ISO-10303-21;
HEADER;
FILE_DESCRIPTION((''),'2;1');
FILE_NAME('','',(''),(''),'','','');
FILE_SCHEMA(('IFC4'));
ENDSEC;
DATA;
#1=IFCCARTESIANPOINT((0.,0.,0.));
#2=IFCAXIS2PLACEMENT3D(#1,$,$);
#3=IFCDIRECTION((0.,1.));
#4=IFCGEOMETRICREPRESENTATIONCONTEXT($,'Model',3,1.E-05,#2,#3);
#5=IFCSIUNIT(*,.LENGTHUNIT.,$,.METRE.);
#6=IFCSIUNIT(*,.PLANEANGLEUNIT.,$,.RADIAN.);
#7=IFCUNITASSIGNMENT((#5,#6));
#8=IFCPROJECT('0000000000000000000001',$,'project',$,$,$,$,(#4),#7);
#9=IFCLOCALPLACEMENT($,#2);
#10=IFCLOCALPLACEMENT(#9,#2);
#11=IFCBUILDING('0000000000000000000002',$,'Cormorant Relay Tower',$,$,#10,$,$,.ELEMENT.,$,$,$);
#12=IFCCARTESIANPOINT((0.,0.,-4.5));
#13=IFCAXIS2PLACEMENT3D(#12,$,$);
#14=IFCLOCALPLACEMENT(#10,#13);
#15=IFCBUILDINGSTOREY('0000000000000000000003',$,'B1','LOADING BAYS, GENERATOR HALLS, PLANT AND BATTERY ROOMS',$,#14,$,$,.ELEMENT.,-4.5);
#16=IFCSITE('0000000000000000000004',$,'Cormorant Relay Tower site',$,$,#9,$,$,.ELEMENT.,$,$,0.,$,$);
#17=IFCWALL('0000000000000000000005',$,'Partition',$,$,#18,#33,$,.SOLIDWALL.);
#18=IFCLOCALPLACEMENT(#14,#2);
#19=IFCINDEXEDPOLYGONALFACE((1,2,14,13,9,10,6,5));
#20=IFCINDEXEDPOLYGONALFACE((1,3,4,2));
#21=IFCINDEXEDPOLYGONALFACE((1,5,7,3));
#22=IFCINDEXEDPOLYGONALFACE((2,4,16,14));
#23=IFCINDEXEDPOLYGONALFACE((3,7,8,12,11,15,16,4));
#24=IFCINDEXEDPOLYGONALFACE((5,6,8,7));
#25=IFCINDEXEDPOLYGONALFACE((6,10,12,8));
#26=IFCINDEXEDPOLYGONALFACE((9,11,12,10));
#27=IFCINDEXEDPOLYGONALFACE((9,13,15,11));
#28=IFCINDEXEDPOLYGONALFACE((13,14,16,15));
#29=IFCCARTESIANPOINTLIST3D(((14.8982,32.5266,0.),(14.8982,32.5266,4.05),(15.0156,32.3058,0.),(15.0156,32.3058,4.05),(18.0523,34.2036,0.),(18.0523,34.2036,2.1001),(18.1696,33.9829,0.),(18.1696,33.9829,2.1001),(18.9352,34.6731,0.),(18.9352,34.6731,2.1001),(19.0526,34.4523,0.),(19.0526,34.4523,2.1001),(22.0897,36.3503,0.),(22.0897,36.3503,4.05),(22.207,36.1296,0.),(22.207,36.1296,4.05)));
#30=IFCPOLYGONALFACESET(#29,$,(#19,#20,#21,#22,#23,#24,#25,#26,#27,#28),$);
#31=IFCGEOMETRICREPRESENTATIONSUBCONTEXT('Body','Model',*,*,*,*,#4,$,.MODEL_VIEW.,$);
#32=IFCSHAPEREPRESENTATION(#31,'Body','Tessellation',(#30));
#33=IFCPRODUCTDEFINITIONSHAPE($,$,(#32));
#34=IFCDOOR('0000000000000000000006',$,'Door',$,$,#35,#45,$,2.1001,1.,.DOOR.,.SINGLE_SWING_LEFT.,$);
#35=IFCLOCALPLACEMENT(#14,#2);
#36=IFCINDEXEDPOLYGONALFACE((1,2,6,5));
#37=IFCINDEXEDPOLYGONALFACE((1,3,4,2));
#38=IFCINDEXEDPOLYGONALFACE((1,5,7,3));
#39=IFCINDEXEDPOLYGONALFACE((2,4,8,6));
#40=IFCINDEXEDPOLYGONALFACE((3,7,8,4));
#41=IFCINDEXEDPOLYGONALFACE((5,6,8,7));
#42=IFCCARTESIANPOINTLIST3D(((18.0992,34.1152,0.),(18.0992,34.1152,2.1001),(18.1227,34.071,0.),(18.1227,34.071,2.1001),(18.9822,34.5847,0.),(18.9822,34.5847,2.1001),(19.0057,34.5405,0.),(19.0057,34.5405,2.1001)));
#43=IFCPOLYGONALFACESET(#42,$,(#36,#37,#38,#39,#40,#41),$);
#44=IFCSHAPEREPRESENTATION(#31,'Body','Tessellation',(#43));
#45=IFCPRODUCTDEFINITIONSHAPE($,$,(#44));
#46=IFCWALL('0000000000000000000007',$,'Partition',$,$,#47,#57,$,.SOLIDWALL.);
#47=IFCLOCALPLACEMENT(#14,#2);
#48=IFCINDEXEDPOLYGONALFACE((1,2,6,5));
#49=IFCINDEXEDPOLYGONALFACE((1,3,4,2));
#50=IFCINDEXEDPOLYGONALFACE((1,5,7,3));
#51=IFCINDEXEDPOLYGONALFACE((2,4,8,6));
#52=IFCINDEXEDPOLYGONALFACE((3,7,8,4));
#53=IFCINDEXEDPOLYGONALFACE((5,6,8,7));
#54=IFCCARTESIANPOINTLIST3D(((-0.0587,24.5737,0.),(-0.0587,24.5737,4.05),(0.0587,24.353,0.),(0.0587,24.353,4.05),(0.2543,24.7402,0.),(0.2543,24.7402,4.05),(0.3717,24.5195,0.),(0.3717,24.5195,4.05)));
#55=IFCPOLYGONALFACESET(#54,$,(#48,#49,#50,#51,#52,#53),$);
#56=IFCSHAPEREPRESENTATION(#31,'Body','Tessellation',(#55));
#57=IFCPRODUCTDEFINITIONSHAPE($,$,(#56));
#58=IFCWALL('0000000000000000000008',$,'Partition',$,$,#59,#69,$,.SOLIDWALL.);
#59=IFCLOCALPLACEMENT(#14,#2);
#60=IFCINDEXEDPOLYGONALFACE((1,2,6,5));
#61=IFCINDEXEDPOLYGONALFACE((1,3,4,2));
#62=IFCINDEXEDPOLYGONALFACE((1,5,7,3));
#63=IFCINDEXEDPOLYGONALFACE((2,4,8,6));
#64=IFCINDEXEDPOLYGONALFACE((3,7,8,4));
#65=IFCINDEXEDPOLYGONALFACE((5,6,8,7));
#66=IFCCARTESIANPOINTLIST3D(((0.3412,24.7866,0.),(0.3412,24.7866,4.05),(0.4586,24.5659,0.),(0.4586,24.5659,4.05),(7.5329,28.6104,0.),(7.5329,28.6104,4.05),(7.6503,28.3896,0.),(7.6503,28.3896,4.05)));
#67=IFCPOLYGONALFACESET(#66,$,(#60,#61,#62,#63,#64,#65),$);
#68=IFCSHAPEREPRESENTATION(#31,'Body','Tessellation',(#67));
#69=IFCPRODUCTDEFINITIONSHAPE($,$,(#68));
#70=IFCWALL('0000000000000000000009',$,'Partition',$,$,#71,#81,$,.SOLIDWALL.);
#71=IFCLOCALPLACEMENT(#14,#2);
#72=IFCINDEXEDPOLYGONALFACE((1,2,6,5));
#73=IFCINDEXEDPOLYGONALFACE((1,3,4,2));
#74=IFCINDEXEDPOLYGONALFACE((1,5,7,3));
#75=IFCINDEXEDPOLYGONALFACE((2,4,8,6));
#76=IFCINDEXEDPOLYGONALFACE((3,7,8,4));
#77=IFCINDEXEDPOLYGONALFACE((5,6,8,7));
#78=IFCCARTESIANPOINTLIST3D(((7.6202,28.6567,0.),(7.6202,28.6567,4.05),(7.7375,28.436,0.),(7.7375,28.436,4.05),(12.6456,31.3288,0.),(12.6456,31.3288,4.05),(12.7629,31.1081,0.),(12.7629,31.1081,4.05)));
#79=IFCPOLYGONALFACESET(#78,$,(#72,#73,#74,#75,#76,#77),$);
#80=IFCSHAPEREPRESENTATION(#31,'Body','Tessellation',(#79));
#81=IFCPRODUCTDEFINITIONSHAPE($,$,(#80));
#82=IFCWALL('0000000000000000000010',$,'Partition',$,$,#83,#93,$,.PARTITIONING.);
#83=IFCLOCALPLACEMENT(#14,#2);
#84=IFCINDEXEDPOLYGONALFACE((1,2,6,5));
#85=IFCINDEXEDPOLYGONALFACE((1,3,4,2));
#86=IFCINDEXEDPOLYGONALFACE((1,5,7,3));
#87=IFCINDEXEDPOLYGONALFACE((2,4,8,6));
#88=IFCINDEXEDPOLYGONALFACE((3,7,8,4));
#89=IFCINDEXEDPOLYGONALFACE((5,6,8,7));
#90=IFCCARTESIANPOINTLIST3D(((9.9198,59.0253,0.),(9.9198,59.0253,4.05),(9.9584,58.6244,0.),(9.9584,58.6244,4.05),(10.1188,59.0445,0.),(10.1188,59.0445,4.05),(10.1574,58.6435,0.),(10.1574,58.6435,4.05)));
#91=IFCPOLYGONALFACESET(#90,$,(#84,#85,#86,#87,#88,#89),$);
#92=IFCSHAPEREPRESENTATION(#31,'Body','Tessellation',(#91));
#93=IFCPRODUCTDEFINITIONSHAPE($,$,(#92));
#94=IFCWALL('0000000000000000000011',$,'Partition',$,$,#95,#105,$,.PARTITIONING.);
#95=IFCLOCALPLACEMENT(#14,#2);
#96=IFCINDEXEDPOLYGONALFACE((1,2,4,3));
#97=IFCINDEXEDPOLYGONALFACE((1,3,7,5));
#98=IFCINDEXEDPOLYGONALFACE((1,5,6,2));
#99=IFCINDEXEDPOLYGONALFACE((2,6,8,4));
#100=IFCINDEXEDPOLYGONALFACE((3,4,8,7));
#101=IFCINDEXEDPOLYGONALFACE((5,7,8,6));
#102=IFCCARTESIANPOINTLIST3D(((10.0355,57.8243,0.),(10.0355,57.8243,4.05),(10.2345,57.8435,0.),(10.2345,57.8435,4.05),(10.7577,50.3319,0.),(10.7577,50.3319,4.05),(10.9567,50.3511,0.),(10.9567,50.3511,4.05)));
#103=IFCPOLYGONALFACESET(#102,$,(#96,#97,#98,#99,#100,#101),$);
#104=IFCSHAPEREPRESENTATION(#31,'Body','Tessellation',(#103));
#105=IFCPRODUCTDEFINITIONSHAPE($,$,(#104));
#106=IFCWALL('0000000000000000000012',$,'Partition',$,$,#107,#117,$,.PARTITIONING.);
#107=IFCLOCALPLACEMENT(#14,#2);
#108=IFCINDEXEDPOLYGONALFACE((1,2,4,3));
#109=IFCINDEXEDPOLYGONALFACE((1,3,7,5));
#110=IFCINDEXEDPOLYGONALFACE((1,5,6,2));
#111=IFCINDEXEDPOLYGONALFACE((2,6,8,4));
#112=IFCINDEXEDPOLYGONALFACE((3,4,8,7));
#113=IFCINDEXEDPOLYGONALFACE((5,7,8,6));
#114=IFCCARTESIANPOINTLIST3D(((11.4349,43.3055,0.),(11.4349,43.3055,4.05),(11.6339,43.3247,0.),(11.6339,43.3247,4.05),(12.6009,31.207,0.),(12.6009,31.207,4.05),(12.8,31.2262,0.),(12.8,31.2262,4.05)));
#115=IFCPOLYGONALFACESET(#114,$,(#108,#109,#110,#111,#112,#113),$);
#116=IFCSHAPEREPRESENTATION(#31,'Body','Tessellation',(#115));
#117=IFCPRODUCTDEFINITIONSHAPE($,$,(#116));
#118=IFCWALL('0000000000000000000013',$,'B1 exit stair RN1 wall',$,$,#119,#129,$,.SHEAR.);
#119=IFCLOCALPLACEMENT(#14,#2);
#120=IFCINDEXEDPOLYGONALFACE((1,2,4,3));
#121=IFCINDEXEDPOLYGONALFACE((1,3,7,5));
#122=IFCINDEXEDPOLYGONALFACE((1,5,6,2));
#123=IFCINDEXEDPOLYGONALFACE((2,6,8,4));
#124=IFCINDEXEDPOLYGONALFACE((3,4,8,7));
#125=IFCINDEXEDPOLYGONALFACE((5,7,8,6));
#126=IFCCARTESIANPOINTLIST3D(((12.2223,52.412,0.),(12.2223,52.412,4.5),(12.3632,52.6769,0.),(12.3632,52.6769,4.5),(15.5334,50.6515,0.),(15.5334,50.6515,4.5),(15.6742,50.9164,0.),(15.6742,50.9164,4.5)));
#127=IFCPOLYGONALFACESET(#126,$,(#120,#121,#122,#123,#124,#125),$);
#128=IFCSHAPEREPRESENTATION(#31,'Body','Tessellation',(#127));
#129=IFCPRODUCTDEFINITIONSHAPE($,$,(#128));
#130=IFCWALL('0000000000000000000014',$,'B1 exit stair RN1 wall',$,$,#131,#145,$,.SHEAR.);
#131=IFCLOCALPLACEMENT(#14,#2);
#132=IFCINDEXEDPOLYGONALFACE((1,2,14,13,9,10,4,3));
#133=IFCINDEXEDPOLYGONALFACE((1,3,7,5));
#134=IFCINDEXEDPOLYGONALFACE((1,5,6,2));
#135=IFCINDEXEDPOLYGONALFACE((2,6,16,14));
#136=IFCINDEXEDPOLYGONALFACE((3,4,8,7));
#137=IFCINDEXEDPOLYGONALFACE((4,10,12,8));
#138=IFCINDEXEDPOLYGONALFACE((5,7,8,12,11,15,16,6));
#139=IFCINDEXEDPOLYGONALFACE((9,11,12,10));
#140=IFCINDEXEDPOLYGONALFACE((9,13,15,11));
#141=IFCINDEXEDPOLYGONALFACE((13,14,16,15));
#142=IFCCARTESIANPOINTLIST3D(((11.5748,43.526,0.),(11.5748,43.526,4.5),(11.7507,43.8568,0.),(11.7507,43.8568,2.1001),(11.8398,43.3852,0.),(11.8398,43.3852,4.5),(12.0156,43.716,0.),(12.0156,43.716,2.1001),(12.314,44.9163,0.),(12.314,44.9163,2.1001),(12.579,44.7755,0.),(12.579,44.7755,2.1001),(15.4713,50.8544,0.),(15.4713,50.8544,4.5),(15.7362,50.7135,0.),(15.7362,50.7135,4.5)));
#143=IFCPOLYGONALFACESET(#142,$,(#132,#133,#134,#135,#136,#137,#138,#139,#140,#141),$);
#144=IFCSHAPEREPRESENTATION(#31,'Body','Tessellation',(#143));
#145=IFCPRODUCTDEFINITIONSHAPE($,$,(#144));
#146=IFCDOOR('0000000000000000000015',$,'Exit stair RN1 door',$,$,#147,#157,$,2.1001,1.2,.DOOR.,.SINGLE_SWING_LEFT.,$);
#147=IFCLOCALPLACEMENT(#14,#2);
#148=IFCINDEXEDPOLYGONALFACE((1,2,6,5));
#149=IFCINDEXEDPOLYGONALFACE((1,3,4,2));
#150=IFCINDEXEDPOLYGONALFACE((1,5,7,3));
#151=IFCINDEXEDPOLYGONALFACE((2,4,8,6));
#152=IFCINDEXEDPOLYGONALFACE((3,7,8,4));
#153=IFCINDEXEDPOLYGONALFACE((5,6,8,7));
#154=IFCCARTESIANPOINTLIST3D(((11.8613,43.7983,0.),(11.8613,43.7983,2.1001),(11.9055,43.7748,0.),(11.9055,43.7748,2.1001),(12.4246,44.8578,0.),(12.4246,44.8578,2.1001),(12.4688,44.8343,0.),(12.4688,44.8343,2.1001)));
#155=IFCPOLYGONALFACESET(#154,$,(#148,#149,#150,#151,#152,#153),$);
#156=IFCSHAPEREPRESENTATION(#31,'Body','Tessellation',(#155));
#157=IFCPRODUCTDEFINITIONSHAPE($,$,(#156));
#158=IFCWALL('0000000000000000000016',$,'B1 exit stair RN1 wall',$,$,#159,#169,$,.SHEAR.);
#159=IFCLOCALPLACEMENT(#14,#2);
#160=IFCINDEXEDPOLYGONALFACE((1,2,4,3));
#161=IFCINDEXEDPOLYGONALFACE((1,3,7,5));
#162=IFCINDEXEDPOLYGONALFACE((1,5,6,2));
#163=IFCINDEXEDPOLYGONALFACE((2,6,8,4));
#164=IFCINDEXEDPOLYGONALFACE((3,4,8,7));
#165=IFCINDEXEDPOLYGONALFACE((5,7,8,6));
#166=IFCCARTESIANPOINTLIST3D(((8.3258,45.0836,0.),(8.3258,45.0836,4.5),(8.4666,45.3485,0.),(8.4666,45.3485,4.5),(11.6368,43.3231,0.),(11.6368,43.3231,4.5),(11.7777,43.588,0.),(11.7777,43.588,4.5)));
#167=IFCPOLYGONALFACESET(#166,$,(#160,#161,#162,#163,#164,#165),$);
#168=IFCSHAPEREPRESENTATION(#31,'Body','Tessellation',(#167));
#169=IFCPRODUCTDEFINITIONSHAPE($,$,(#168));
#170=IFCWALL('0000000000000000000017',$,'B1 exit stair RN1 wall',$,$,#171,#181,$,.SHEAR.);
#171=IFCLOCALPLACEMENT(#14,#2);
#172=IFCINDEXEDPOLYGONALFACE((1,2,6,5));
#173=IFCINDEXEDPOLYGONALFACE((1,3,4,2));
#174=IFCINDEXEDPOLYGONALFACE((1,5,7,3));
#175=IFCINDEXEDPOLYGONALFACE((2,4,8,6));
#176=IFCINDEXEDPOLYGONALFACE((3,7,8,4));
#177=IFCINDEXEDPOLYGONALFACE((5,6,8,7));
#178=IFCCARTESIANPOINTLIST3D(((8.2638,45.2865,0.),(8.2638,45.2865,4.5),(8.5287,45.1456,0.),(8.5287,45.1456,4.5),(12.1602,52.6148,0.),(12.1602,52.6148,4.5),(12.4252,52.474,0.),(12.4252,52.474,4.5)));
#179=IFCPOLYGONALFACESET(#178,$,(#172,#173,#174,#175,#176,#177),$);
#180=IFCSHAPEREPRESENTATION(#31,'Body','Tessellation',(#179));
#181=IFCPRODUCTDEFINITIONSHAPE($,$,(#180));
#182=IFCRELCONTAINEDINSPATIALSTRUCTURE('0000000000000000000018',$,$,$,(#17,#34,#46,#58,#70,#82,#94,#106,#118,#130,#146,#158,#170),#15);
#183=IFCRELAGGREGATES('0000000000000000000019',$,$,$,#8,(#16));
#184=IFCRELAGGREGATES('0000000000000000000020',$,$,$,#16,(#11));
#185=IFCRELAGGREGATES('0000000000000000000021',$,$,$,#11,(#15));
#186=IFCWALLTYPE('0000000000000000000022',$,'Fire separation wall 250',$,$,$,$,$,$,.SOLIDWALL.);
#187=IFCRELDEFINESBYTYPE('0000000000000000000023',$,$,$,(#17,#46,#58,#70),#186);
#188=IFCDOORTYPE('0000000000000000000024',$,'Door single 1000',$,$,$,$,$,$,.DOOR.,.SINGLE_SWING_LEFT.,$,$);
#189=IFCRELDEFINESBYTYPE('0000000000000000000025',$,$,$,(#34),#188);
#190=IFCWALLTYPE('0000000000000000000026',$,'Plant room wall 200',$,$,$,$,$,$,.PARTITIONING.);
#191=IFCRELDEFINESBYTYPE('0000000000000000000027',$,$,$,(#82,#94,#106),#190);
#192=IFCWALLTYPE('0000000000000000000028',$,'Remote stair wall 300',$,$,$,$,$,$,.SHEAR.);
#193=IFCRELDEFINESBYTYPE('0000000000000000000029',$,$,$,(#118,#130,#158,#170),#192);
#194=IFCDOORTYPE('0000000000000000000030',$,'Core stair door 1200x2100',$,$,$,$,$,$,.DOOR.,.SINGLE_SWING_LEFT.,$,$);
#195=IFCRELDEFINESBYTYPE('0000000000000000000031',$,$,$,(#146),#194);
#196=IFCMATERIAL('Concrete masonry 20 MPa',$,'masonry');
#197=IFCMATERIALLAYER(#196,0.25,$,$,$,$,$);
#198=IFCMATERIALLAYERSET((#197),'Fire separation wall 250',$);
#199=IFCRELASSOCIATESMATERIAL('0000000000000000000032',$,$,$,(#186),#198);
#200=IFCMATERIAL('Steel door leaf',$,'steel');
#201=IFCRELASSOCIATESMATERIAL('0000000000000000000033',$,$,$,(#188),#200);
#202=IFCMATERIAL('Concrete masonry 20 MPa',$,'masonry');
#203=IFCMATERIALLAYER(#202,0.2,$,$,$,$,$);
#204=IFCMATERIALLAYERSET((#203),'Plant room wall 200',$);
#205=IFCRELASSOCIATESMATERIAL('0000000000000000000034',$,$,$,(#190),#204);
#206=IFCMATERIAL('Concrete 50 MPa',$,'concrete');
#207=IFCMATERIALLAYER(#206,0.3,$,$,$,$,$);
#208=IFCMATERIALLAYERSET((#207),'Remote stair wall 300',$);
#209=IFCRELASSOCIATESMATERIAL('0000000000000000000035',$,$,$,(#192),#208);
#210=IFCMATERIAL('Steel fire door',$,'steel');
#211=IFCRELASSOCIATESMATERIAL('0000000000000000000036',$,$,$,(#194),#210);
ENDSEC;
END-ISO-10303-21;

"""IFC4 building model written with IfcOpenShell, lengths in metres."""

from ifc_helpers import new_model, si_unit, direction, frame, frame_2d, origin, place, context, subcontext, project, spatial, rectangle, extrude, material, layer, layer_set, type_object, element, fill, save


model = new_model("IFC4")

# Units and contexts
model_context = context("Model", 3, precision=1e-05, world=origin(), true_north=direction((0.0, 1.0)))
body_context = subcontext(model_context, "Body", "Model", "MODEL_VIEW")
ifc_project = project(units=[si_unit("LENGTHUNIT", "METRE"), si_unit("PLANEANGLEUNIT", "RADIAN")], contexts=[model_context])

# Site, building, storey
site_placement = place(None, origin())
site = spatial("IfcSite", under=ifc_project, at=site_placement, Name="Cormorant Relay Tower site", CompositionType="ELEMENT", RefElevation=0.0)
building_placement = place(site_placement, origin())
building = spatial("IfcBuilding", under=site, at=building_placement, Name="Cormorant Relay Tower", CompositionType="ELEMENT")
storey_placement = place(building_placement, frame((0.0, 0.0, -4.5)))
storey = spatial("IfcBuildingStorey", under=building, at=storey_placement, Name="B1", Description="LOADING BAYS, GENERATOR HALLS, PLANT AND BATTERY ROOMS", CompositionType="ELEMENT", Elevation=-4.5)

# Shared definitions
ifc_material_1 = material(Name="Concrete masonry 20 MPa", Category="masonry")
ifc_layer_1 = layer(ifc_material_1, 0.25)
ifc_layer_set_1 = layer_set([ifc_layer_1], Name="Fire separation wall 250")
wall_type_1 = type_object("IfcWallType", Name="Fire separation wall 250", PredefinedType="SOLIDWALL", material=ifc_layer_set_1)

# Wall, opening, door
wall_1_placement = place(storey_placement, frame((14.957, 32.4163, 0.0), z_axis=(0.0, 0.0, 1.0), x_axis=(0.882948, 0.469471, 0.0)))
wall_1 = element("IfcWall", 1, at=wall_1_placement, inside=storey, type_object=wall_type_1, Name="Partition", PredefinedType="SOLIDWALL", context=body_context, shape_type="SweptSolid", body=[
    extrude(rectangle(XDim=8.1448, YDim=0.25, at=frame_2d((4.0723, 0.0))), origin(), (0.0, 0.0, 1.0), 4.05),
])
opening_1_placement = place(wall_1_placement, frame((3.572, 0.0, 0.0)))
opening_1 = element("IfcOpeningElement", 2, at=opening_1_placement, cuts=wall_1, PredefinedType="OPENING", context=body_context, shape_type="SweptSolid", body=[
    extrude(rectangle(XDim=1.0, YDim=2.1001, at=frame_2d((0.5, 1.05))), frame((0.0, 0.135, 0.0), z_axis=(0.0, -1.0, 0.0), x_axis=(1.0, 0.0, 0.0)), (0.0, 0.0, 1.0), 0.27),
])
ifc_material_2 = material(Name="Steel door leaf", Category="steel")
door_type_1 = type_object("IfcDoorType", Name="Door single 1000", OperationType="SINGLE_SWING_LEFT", PredefinedType="DOOR", material=ifc_material_2)
door_1_placement = place(opening_1_placement, origin())
door_1 = element("IfcDoor", 3, at=door_1_placement, inside=storey, type_object=door_type_1, Name="Door", OperationType="SINGLE_SWING_LEFT", OverallHeight=2.1001, OverallWidth=1.0, PredefinedType="DOOR", context=body_context, shape_type="SweptSolid", body=[
    extrude(rectangle(XDim=1.0, YDim=2.1001, at=frame_2d((0.5, 1.05))), frame((0.0, 0.0249, 0.0), z_axis=(0.0, -1.0, 0.0), x_axis=(1.0, 0.0, 0.0)), (0.0, 0.0, 1.0), 0.05),
])
fill(opening_1, door_1)

# Walls
wall_2_placement = place(storey_placement, frame((0.0, 24.4634, 0.0), z_axis=(0.0, 0.0, 1.0), x_axis=(0.882848, 0.469659, 0.0)))
element("IfcWall", 4, at=wall_2_placement, inside=storey, type_object=wall_type_1, Name="Partition", PredefinedType="SOLIDWALL", context=body_context, shape_type="SweptSolid", body=[
    extrude(rectangle(XDim=0.3545, YDim=0.25, at=frame_2d((0.1772, 0.0))), origin(), (0.0, 0.0, 1.0), 4.05),
])
wall_3_placement = place(storey_placement, frame((0.3999, 24.6763, 0.0), z_axis=(0.0, 0.0, 1.0), x_axis=(0.882955, 0.469458, 0.0)))
element("IfcWall", 5, at=wall_3_placement, inside=storey, type_object=wall_type_1, Name="Partition", PredefinedType="SOLIDWALL", context=body_context, shape_type="SweptSolid", body=[
    extrude(rectangle(XDim=8.145, YDim=0.25, at=frame_2d((4.0725, 0.0))), origin(), (0.0, 0.0, 1.0), 4.05),
])
wall_4_placement = place(storey_placement, frame((7.679, 28.5464, 0.0), z_axis=(0.0, 0.0, 1.0), x_axis=(0.882942, 0.469481, 0.0)))
element("IfcWall", 6, at=wall_4_placement, inside=storey, type_object=wall_type_1, Name="Partition", PredefinedType="SOLIDWALL", context=body_context, shape_type="SweptSolid", body=[
    extrude(rectangle(XDim=5.6917, YDim=0.25, at=frame_2d((2.8457, 0.0))), origin(), (0.0, 0.0, 1.0), 4.05),
])
ifc_material_3 = material(Name="Concrete masonry 20 MPa", Category="masonry")
ifc_layer_2 = layer(ifc_material_3, 0.2)
ifc_layer_set_2 = layer_set([ifc_layer_2], Name="Plant room wall 200")
wall_type_2 = type_object("IfcWallType", Name="Plant room wall 200", PredefinedType="PARTITIONING", material=ifc_layer_set_2)
wall_5_placement = place(storey_placement, frame((10.0193, 59.0349, 0.0), z_axis=(0.0, 0.0, 1.0), x_axis=(0.095782, -0.995402, 0.0)))
element("IfcWall", 7, at=wall_5_placement, inside=storey, type_object=wall_type_2, Name="Partition", PredefinedType="PARTITIONING", context=body_context, shape_type="SweptSolid", body=[
    extrude(rectangle(XDim=0.4028, YDim=0.2, at=frame_2d((0.2014, 0.0))), origin(), (0.0, 0.0, 1.0), 4.05),
])
wall_6_placement = place(storey_placement, frame((10.135, 57.834, 0.0), z_axis=(0.0, 0.0, 1.0), x_axis=(0.095942, -0.995387, 0.0)))
element("IfcWall", 8, at=wall_6_placement, inside=storey, type_object=wall_type_2, Name="Partition", PredefinedType="PARTITIONING", context=body_context, shape_type="SweptSolid", body=[
    extrude(rectangle(XDim=7.5271, YDim=0.2, at=frame_2d((3.7637, 0.0))), origin(), (0.0, 0.0, 1.0), 4.05),
])
wall_7_placement = place(storey_placement, frame((11.5344, 43.3149, 0.0), z_axis=(0.0, 0.0, 1.0), x_axis=(0.095933, -0.995388, 0.0)))
element("IfcWall", 9, at=wall_7_placement, inside=storey, type_object=wall_type_2, Name="Partition", PredefinedType="PARTITIONING", context=body_context, shape_type="SweptSolid", body=[
    extrude(rectangle(XDim=12.1545, YDim=0.2, at=frame_2d((6.0771, 0.0))), origin(), (0.0, 0.0, 1.0), 4.05),
])
ifc_material_4 = material(Name="Concrete 50 MPa", Category="concrete")
ifc_layer_3 = layer(ifc_material_4, 0.3)
ifc_layer_set_3 = layer_set([ifc_layer_3], Name="Remote stair wall 300")
wall_type_3 = type_object("IfcWallType", Name="Remote stair wall 300", PredefinedType="SHEAR", material=ifc_layer_set_3)
wall_8_placement = place(storey_placement, frame((12.2927, 52.5444, 0.0), z_axis=(0.0, 0.0, 1.0), x_axis=(0.882949, -0.469469, 0.0)))
element("IfcWall", 10, at=wall_8_placement, inside=storey, type_object=wall_type_3, Name="B1 exit stair RN1 wall", PredefinedType="SHEAR", context=body_context, shape_type="SweptSolid", body=[
    extrude(rectangle(XDim=3.75, YDim=0.3, at=frame_2d((1.875, 0.0))), origin(), (0.0, 0.0, 1.0), 4.5),
])

# Wall, opening, door
wall_9_placement = place(storey_placement, frame((15.6038, 50.7839, 0.0), z_axis=(0.0, 0.0, 1.0), x_axis=(-0.469464, -0.882952, 0.0)))
wall_9 = element("IfcWall", 11, at=wall_9_placement, inside=storey, type_object=wall_type_3, Name="B1 exit stair RN1 wall", PredefinedType="SHEAR", context=body_context, shape_type="SweptSolid", body=[
    extrude(rectangle(XDim=8.2998, YDim=0.3, at=frame_2d((4.1499, 0.0))), origin(), (0.0, 0.0, 1.0), 4.5),
])
opening_2_placement = place(wall_9_placement, frame((6.7251, 0.0, 0.0)))
opening_2 = element("IfcOpeningElement", 12, at=opening_2_placement, cuts=wall_9, PredefinedType="OPENING", context=body_context, shape_type="SweptSolid", body=[
    extrude(rectangle(XDim=1.2, YDim=2.1001, at=frame_2d((0.6001, 1.05))), frame((0.0, 0.1599, 0.0), z_axis=(0.0, -1.0, 0.0), x_axis=(1.0, 0.0, 0.0)), (0.0, 0.0, 1.0), 0.3201),
])
ifc_material_5 = material(Name="Steel fire door", Category="steel")
door_type_2 = type_object("IfcDoorType", Name="Core stair door 1200x2100", OperationType="SINGLE_SWING_LEFT", PredefinedType="DOOR", material=ifc_material_5)
door_2_placement = place(opening_2_placement, frame((1.2, 0.0, 0.0), z_axis=(0.0, 0.0, 1.0), x_axis=(-1.0, 0.0, 0.0)))
door_2 = element("IfcDoor", 13, at=door_2_placement, inside=storey, type_object=door_type_2, Name="Exit stair RN1 door", OperationType="SINGLE_SWING_LEFT", OverallHeight=2.1001, OverallWidth=1.2, PredefinedType="DOOR", context=body_context, shape_type="SweptSolid", body=[
    extrude(rectangle(XDim=1.2, YDim=2.1001, at=frame_2d((0.6001, 1.05))), frame((0.0, 0.0249, 0.0), z_axis=(0.0, -1.0, 0.0), x_axis=(1.0, 0.0, 0.0)), (0.0, 0.0, 1.0), 0.05),
])
fill(opening_2, door_2)

# Walls
wall_10_placement = place(storey_placement, frame((11.7073, 43.4556, 0.0), z_axis=(0.0, 0.0, 1.0), x_axis=(-0.882949, 0.469469, 0.0)))
element("IfcWall", 14, at=wall_10_placement, inside=storey, type_object=wall_type_3, Name="B1 exit stair RN1 wall", PredefinedType="SHEAR", context=body_context, shape_type="SweptSolid", body=[
    extrude(rectangle(XDim=3.75, YDim=0.3, at=frame_2d((1.875, 0.0))), origin(), (0.0, 0.0, 1.0), 4.5),
])
wall_11_placement = place(storey_placement, frame((8.3962, 45.2161, 0.0), z_axis=(0.0, 0.0, 1.0), x_axis=(0.469464, 0.882952, 0.0)))
element("IfcWall", 15, at=wall_11_placement, inside=storey, type_object=wall_type_3, Name="B1 exit stair RN1 wall", PredefinedType="SHEAR", context=body_context, shape_type="SweptSolid", body=[
    extrude(rectangle(XDim=8.2998, YDim=0.3, at=frame_2d((4.1499, 0.0))), origin(), (0.0, 0.0, 1.0), 4.5),
])

save(model, "model.ifc")
